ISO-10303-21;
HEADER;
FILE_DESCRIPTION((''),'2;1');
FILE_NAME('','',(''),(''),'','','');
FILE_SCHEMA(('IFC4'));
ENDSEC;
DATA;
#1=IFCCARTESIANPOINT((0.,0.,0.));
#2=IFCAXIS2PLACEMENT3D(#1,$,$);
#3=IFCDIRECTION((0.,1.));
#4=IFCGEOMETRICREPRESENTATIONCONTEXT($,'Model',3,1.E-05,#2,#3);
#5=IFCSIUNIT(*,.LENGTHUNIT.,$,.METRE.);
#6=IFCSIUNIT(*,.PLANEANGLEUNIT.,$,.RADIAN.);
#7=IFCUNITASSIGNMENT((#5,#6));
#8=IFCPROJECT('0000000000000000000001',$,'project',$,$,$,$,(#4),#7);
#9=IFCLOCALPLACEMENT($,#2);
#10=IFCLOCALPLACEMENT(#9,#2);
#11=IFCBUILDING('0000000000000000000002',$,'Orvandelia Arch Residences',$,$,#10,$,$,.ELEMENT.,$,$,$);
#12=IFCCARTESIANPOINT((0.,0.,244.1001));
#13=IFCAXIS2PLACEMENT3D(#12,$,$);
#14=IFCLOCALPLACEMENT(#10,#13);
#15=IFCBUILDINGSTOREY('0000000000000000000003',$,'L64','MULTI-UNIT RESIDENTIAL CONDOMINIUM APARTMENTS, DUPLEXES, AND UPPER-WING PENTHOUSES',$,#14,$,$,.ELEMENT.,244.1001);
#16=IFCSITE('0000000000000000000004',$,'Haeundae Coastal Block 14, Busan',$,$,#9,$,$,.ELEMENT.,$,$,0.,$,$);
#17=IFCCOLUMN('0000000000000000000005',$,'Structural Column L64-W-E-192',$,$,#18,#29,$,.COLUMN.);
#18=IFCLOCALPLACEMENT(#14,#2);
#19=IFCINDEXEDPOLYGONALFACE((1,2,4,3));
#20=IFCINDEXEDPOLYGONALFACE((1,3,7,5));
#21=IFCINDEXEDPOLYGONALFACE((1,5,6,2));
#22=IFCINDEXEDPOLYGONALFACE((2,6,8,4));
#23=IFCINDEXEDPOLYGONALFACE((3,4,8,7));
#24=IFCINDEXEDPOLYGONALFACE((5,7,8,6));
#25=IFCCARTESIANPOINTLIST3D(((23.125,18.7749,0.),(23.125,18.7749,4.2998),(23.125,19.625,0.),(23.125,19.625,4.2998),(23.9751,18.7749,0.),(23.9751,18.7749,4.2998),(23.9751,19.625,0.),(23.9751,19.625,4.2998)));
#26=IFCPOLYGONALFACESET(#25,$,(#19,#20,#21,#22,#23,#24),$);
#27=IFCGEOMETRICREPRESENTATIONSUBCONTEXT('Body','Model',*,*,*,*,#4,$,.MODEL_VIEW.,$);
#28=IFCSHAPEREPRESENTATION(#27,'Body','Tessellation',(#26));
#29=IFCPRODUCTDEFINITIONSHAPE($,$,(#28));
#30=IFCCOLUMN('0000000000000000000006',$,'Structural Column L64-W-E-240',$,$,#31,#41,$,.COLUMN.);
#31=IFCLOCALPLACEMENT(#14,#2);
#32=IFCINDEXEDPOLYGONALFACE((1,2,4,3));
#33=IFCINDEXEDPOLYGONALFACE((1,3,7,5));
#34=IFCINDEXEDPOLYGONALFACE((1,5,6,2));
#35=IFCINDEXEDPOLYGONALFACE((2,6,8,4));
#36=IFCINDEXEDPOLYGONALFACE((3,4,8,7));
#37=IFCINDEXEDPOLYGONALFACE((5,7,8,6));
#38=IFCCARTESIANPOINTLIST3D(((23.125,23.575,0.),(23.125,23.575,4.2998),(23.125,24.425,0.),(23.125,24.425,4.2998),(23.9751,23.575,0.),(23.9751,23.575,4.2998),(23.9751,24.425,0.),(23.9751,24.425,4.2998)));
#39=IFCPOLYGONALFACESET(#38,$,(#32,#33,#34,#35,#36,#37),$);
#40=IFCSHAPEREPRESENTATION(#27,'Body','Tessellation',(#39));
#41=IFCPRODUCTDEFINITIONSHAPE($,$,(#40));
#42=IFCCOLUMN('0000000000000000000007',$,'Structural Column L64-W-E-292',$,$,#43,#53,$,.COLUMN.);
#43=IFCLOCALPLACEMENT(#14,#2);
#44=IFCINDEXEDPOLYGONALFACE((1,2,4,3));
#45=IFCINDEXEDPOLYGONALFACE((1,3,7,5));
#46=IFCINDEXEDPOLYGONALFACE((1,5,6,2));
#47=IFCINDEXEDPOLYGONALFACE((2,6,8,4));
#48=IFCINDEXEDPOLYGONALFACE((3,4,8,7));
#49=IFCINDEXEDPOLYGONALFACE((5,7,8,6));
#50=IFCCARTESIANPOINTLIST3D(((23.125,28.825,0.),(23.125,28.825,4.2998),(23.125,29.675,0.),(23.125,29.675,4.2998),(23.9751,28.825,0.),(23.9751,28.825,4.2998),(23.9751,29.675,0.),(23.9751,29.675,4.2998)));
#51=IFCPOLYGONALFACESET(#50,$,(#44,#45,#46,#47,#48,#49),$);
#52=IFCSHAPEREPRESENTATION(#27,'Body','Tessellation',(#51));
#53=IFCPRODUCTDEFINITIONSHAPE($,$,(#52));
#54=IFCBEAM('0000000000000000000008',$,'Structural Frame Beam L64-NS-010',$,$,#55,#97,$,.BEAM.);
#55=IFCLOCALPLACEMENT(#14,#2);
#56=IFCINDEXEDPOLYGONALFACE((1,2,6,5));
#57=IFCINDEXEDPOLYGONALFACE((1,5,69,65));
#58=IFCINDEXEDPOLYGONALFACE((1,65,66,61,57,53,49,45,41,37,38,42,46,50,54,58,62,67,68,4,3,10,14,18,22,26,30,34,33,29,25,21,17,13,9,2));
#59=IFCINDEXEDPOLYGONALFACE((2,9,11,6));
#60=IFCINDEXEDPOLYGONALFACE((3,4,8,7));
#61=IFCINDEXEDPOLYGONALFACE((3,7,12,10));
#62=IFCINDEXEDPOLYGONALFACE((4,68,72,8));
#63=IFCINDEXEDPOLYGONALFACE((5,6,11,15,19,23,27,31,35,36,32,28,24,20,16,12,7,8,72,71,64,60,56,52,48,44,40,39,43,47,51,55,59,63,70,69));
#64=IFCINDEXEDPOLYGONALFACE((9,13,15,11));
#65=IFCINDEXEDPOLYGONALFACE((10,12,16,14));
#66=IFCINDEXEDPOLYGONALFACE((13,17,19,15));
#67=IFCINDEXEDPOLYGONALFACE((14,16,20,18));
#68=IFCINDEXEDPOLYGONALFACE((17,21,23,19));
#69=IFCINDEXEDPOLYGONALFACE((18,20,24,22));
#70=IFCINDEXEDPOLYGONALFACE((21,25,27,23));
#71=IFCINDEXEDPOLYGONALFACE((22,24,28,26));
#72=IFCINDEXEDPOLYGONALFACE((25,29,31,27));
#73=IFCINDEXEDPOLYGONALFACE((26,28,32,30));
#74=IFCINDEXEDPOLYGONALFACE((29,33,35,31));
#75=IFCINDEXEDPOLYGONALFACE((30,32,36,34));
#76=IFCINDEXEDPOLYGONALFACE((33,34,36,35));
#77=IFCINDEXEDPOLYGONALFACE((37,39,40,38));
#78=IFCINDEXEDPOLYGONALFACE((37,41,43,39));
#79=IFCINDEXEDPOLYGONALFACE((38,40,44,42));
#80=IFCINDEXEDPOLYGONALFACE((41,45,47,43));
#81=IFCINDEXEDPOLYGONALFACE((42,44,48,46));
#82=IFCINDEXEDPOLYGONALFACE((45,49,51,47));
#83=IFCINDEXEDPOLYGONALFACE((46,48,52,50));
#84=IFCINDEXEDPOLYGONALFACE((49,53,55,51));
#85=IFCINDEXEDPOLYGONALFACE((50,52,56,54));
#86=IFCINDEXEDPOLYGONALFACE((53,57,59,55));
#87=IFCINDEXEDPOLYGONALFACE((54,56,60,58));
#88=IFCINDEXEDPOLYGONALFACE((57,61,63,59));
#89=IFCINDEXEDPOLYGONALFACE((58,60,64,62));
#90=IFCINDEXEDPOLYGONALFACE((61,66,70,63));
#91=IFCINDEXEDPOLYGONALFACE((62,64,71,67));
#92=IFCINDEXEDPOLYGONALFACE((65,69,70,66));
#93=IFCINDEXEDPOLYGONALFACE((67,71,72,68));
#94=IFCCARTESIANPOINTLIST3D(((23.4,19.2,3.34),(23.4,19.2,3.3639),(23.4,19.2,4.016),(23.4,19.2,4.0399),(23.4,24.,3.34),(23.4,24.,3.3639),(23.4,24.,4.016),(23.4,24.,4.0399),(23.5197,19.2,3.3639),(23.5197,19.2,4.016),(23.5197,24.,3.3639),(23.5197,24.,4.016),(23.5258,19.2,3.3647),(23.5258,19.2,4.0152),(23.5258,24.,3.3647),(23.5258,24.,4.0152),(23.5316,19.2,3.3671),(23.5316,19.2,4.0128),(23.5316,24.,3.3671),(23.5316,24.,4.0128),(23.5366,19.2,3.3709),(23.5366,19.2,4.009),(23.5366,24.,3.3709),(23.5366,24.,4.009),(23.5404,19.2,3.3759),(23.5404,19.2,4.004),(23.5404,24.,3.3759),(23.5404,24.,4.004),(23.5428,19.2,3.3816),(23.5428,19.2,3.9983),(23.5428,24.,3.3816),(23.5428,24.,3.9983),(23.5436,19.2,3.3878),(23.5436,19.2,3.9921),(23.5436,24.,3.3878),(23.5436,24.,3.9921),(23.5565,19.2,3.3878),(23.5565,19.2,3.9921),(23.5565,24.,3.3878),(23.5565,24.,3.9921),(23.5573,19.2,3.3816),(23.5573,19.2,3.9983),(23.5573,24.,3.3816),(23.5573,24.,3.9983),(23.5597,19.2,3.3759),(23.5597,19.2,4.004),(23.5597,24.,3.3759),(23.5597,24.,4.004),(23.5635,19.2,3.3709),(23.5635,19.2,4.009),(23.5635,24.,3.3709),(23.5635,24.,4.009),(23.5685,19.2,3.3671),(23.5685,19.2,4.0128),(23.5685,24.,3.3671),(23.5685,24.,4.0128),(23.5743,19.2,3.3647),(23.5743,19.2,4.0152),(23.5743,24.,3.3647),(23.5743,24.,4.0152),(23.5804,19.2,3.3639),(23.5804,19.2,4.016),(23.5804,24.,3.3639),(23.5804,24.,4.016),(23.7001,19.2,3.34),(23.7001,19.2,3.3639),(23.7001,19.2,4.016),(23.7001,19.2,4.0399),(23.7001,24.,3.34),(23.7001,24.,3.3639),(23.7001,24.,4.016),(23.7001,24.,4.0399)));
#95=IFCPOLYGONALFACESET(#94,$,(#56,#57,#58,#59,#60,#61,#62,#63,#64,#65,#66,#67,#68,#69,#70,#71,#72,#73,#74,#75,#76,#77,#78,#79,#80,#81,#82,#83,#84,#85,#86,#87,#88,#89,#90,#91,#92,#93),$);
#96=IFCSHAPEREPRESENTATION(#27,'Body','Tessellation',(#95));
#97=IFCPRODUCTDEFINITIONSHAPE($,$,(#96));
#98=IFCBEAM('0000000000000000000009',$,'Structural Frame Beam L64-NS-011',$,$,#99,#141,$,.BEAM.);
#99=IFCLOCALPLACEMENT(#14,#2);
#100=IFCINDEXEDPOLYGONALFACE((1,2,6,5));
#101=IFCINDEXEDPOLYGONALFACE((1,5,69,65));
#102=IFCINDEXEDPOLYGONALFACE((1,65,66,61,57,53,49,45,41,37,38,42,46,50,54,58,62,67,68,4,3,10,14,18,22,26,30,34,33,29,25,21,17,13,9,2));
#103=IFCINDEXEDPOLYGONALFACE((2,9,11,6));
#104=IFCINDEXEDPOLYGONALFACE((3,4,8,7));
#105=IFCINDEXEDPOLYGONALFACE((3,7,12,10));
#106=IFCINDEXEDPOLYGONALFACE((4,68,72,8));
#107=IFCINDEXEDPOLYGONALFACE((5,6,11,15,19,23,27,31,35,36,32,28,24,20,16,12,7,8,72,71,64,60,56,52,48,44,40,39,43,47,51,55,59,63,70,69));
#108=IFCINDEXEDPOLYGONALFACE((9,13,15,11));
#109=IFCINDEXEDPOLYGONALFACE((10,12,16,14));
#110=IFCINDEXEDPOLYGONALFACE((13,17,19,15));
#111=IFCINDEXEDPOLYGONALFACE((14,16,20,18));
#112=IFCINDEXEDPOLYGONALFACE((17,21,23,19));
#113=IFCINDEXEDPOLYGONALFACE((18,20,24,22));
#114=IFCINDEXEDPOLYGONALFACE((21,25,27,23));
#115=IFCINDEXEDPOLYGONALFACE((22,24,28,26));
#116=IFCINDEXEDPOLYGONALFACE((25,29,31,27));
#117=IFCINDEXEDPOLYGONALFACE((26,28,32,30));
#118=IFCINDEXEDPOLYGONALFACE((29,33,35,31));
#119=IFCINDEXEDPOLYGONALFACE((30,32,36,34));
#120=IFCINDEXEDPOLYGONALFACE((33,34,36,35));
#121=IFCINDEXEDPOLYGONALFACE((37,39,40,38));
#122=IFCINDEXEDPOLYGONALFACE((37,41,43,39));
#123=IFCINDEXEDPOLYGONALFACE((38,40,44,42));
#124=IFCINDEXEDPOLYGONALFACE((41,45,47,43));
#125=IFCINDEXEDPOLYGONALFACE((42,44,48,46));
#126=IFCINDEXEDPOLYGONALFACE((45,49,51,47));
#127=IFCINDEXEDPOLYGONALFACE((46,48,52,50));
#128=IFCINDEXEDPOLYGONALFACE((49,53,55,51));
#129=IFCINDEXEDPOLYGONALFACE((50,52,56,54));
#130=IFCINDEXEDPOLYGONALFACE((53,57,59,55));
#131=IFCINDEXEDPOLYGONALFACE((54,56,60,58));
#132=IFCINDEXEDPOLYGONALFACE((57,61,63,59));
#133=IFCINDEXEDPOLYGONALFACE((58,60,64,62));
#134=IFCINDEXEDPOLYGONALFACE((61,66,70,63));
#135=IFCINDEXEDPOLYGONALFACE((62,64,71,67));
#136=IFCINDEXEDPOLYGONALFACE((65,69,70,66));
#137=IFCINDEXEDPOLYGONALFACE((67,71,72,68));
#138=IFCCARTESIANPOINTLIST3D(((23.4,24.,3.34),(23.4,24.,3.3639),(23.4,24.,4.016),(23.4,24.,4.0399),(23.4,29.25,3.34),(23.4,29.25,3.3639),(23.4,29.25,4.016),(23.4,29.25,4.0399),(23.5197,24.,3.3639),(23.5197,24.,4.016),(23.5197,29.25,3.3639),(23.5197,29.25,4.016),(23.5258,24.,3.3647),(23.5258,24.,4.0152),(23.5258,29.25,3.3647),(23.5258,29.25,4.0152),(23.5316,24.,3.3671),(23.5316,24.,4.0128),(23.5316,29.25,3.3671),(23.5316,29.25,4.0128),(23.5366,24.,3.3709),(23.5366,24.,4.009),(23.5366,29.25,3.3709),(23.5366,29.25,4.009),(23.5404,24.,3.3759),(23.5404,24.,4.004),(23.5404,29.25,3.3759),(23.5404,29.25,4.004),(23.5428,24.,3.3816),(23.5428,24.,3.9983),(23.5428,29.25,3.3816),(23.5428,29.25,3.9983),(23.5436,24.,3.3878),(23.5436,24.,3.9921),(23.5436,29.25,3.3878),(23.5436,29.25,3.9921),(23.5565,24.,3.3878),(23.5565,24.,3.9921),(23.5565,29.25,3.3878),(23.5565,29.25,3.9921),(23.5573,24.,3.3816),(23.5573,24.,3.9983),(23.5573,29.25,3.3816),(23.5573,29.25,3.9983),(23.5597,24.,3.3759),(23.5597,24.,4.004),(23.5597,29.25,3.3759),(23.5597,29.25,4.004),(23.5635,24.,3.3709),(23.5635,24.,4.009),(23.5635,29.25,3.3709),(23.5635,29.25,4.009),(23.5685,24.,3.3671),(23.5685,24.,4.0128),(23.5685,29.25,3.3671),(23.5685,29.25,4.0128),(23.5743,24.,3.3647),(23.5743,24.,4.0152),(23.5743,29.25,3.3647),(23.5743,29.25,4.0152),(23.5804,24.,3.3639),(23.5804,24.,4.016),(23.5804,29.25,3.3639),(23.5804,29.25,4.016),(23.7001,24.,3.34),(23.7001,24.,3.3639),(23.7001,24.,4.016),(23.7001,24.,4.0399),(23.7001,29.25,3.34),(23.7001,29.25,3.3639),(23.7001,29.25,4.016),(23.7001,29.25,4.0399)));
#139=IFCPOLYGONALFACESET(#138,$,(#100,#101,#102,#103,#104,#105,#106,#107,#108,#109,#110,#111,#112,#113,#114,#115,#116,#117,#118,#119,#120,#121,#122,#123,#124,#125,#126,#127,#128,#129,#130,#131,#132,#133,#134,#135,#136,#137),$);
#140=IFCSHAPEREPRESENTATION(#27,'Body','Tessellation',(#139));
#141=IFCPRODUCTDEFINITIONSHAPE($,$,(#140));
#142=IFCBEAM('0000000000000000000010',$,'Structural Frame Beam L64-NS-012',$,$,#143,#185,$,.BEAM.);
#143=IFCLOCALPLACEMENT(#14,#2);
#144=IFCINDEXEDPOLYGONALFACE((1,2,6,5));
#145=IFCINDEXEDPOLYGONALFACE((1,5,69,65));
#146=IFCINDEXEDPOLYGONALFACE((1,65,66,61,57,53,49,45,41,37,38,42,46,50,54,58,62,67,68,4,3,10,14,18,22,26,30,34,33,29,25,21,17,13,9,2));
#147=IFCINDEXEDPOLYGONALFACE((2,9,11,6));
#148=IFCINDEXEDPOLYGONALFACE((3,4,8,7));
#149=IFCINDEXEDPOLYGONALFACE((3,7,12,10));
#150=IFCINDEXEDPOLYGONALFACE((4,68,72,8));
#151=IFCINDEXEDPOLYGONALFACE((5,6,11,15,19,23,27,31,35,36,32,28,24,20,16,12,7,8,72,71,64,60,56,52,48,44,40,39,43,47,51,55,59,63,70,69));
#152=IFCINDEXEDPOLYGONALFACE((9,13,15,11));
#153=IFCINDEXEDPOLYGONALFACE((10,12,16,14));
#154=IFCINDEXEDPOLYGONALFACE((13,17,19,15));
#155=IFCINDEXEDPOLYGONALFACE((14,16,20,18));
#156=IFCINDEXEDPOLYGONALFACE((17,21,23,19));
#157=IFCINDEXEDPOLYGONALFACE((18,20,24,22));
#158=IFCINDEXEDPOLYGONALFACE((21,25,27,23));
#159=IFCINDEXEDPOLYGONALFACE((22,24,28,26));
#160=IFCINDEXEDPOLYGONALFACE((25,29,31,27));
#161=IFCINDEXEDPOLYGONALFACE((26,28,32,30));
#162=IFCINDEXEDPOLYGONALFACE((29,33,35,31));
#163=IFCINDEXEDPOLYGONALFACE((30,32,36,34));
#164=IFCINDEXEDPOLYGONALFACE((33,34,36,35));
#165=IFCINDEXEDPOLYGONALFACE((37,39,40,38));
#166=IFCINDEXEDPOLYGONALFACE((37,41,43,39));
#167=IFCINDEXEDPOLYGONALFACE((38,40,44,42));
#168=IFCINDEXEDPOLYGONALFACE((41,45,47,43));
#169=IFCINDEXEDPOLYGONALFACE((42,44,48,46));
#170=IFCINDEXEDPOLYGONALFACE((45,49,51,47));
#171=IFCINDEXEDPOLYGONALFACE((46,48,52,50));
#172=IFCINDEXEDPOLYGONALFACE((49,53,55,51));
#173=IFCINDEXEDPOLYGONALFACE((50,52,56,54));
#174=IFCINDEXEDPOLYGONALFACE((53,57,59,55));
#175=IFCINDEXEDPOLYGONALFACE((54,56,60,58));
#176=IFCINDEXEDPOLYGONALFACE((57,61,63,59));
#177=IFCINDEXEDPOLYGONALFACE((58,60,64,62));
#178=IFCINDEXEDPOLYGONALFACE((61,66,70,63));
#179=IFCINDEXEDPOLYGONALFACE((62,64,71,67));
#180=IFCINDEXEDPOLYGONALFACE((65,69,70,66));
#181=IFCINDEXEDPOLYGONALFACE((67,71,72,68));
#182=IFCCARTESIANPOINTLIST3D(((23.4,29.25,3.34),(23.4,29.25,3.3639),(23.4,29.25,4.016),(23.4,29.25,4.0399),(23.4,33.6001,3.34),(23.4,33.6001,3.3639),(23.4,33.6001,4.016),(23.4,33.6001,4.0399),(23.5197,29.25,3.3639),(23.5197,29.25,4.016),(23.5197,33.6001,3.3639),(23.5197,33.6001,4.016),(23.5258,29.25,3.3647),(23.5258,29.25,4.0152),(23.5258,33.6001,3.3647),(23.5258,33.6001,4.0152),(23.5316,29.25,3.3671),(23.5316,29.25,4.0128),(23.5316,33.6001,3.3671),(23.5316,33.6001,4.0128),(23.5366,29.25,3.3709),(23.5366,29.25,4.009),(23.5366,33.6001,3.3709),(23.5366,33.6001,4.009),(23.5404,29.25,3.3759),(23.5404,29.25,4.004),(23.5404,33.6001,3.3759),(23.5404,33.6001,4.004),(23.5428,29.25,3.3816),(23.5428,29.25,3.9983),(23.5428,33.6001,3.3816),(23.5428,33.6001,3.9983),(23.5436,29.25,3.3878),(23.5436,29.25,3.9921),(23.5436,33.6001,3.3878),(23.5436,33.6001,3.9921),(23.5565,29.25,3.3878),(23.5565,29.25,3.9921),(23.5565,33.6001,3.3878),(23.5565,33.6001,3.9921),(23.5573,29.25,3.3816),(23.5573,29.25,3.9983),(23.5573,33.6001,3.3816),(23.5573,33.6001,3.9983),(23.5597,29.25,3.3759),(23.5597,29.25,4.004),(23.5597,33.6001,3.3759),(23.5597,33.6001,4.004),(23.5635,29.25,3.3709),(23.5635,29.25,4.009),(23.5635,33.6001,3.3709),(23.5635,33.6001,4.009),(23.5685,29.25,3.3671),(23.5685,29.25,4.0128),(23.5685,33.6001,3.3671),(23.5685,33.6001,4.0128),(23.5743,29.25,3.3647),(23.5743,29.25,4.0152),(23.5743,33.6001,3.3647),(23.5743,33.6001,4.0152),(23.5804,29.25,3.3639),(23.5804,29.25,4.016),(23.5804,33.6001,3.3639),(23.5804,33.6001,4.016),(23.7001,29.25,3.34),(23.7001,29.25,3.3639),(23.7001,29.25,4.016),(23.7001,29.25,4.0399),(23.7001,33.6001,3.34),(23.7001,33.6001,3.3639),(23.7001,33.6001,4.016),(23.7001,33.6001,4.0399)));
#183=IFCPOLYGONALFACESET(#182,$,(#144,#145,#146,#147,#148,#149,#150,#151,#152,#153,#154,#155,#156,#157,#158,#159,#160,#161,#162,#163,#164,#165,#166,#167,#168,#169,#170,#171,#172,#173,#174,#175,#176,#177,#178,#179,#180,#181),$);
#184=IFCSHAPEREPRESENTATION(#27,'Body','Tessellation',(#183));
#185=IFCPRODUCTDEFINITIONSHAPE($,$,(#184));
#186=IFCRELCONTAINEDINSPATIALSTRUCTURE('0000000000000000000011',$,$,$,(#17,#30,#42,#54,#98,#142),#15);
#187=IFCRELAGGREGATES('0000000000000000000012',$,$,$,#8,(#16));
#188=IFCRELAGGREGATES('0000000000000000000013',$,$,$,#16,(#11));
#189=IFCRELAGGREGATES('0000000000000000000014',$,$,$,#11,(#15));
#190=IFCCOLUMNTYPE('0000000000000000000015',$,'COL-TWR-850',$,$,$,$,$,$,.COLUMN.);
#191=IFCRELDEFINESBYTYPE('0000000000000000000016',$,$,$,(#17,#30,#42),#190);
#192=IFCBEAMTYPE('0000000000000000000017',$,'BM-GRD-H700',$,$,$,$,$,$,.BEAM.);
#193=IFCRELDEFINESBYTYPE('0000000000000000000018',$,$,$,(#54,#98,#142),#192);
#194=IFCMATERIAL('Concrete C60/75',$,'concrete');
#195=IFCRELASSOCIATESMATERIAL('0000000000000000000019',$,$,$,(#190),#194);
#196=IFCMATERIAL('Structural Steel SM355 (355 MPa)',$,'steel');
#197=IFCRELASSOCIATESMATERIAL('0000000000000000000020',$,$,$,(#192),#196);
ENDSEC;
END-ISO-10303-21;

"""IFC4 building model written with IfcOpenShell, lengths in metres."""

from ifc_helpers import new_model, si_unit, direction, frame, origin, origin_2d, place, context, subcontext, project, spatial, rectangle, i_section, extrude, material, material_profile, profile_set, type_object, element, save


model = new_model("IFC4")

# Units and contexts
model_context = context("Model", 3, precision=1e-05, world=origin(), true_north=direction((0.0, 1.0)))
body_context = subcontext(model_context, "Body", "Model", "MODEL_VIEW")
ifc_project = project(units=[si_unit("LENGTHUNIT", "METRE"), si_unit("PLANEANGLEUNIT", "RADIAN")], contexts=[model_context])

# Site, building, storey
site_placement = place(None, origin())
site = spatial("IfcSite", under=ifc_project, at=site_placement, Name="Haeundae Coastal Block 14, Busan", CompositionType="ELEMENT", RefElevation=0.0)
building_placement = place(site_placement, origin())
building = spatial("IfcBuilding", under=site, at=building_placement, Name="Orvandelia Arch Residences", CompositionType="ELEMENT")
storey_placement = place(building_placement, frame((0.0, 0.0, 244.1001)))
storey = spatial("IfcBuildingStorey", under=building, at=storey_placement, Name="L64", Description="MULTI-UNIT RESIDENTIAL CONDOMINIUM APARTMENTS, DUPLEXES, AND UPPER-WING PENTHOUSES", CompositionType="ELEMENT", Elevation=244.1001)

# Columns
ifc_material_1 = material(Name="Concrete C60/75", Category="concrete")
ifc_material_profile_1 = material_profile(ifc_material_1, rectangle(XDim=0.8501, YDim=0.8501, at=origin_2d()), Name="Concrete C60/75", Category="concrete")
ifc_profile_set_1 = profile_set([ifc_material_profile_1], Name="Concrete C60/75")
column_type = type_object("IfcColumnType", Name="COL-TWR-850", PredefinedType="COLUMN", material=ifc_profile_set_1)
for number, where, z_axis, x_axis, name in (
    (1, (23.55, 19.2, 0.0), (0.0, 0.0, 1.0), (1.0, 0.0, 0.0), "Structural Column L64-W-E-192"),
    (2, (23.55, 24.0, 0.0), (0.0, 0.0, 1.0), (1.0, 0.0, 0.0), "Structural Column L64-W-E-240"),
    (3, (23.55, 29.25, 0.0), (0.0, 0.0, 1.0), (1.0, 0.0, 0.0), "Structural Column L64-W-E-292"),
):
    element("IfcColumn", number, at=place(storey_placement, frame(where, z_axis=z_axis, x_axis=x_axis)), inside=storey, type_object=column_type, Name=name, PredefinedType="COLUMN", context=body_context, shape_type="SweptSolid", body=[
        extrude(rectangle(XDim=0.8501, YDim=0.8501, at=origin_2d()), origin(), (0.0, 0.0, 1.0), 4.2998),
    ])

# Beams
ifc_material_2 = material(Name="Structural Steel SM355 (355 MPa)", Category="steel")
ifc_material_profile_2 = material_profile(ifc_material_2, i_section(OverallWidth=0.3, OverallDepth=0.7, WebThickness=0.0129, FlangeThickness=0.0239, FilletRadius=0.0239, at=origin_2d()), Name="Structural Steel SM355 (355 MPa)", Category="steel")
ifc_profile_set_2 = profile_set([ifc_material_profile_2], Name="Structural Steel SM355 (355 MPa)")
beam_type = type_object("IfcBeamType", Name="BM-GRD-H700", PredefinedType="BEAM", material=ifc_profile_set_2)
beam_1_placement = place(storey_placement, frame((23.55, 19.2, 3.6899), z_axis=(0.0, 1.0, 0.0), x_axis=(-1.0, 0.0, 0.0)))
element("IfcBeam", 4, at=beam_1_placement, inside=storey, type_object=beam_type, Name="Structural Frame Beam L64-NS-010", PredefinedType="BEAM", context=body_context, shape_type="SweptSolid", body=[
    extrude(i_section(OverallWidth=0.3, OverallDepth=0.7, WebThickness=0.0129, FlangeThickness=0.0239, FilletRadius=0.0239, at=origin_2d()), origin(), (0.0, 0.0, 1.0), 4.8),
])
beam_2_placement = place(storey_placement, frame((23.55, 24.0, 3.6899), z_axis=(0.0, 1.0, 0.0), x_axis=(-1.0, 0.0, 0.0)))
element("IfcBeam", 5, at=beam_2_placement, inside=storey, type_object=beam_type, Name="Structural Frame Beam L64-NS-011", PredefinedType="BEAM", context=body_context, shape_type="SweptSolid", body=[
    extrude(i_section(OverallWidth=0.3, OverallDepth=0.7, WebThickness=0.0129, FlangeThickness=0.0239, FilletRadius=0.0239, at=origin_2d()), origin(), (0.0, 0.0, 1.0), 5.25),
])
beam_3_placement = place(storey_placement, frame((23.55, 29.25, 3.6899), z_axis=(0.0, 1.0, 0.0), x_axis=(-1.0, 0.0, 0.0)))
element("IfcBeam", 6, at=beam_3_placement, inside=storey, type_object=beam_type, Name="Structural Frame Beam L64-NS-012", PredefinedType="BEAM", context=body_context, shape_type="SweptSolid", body=[
    extrude(i_section(OverallWidth=0.3, OverallDepth=0.7, WebThickness=0.0129, FlangeThickness=0.0239, FilletRadius=0.0239, at=origin_2d()), origin(), (0.0, 0.0, 1.0), 4.3501),
])

save(model, "model.ifc")
